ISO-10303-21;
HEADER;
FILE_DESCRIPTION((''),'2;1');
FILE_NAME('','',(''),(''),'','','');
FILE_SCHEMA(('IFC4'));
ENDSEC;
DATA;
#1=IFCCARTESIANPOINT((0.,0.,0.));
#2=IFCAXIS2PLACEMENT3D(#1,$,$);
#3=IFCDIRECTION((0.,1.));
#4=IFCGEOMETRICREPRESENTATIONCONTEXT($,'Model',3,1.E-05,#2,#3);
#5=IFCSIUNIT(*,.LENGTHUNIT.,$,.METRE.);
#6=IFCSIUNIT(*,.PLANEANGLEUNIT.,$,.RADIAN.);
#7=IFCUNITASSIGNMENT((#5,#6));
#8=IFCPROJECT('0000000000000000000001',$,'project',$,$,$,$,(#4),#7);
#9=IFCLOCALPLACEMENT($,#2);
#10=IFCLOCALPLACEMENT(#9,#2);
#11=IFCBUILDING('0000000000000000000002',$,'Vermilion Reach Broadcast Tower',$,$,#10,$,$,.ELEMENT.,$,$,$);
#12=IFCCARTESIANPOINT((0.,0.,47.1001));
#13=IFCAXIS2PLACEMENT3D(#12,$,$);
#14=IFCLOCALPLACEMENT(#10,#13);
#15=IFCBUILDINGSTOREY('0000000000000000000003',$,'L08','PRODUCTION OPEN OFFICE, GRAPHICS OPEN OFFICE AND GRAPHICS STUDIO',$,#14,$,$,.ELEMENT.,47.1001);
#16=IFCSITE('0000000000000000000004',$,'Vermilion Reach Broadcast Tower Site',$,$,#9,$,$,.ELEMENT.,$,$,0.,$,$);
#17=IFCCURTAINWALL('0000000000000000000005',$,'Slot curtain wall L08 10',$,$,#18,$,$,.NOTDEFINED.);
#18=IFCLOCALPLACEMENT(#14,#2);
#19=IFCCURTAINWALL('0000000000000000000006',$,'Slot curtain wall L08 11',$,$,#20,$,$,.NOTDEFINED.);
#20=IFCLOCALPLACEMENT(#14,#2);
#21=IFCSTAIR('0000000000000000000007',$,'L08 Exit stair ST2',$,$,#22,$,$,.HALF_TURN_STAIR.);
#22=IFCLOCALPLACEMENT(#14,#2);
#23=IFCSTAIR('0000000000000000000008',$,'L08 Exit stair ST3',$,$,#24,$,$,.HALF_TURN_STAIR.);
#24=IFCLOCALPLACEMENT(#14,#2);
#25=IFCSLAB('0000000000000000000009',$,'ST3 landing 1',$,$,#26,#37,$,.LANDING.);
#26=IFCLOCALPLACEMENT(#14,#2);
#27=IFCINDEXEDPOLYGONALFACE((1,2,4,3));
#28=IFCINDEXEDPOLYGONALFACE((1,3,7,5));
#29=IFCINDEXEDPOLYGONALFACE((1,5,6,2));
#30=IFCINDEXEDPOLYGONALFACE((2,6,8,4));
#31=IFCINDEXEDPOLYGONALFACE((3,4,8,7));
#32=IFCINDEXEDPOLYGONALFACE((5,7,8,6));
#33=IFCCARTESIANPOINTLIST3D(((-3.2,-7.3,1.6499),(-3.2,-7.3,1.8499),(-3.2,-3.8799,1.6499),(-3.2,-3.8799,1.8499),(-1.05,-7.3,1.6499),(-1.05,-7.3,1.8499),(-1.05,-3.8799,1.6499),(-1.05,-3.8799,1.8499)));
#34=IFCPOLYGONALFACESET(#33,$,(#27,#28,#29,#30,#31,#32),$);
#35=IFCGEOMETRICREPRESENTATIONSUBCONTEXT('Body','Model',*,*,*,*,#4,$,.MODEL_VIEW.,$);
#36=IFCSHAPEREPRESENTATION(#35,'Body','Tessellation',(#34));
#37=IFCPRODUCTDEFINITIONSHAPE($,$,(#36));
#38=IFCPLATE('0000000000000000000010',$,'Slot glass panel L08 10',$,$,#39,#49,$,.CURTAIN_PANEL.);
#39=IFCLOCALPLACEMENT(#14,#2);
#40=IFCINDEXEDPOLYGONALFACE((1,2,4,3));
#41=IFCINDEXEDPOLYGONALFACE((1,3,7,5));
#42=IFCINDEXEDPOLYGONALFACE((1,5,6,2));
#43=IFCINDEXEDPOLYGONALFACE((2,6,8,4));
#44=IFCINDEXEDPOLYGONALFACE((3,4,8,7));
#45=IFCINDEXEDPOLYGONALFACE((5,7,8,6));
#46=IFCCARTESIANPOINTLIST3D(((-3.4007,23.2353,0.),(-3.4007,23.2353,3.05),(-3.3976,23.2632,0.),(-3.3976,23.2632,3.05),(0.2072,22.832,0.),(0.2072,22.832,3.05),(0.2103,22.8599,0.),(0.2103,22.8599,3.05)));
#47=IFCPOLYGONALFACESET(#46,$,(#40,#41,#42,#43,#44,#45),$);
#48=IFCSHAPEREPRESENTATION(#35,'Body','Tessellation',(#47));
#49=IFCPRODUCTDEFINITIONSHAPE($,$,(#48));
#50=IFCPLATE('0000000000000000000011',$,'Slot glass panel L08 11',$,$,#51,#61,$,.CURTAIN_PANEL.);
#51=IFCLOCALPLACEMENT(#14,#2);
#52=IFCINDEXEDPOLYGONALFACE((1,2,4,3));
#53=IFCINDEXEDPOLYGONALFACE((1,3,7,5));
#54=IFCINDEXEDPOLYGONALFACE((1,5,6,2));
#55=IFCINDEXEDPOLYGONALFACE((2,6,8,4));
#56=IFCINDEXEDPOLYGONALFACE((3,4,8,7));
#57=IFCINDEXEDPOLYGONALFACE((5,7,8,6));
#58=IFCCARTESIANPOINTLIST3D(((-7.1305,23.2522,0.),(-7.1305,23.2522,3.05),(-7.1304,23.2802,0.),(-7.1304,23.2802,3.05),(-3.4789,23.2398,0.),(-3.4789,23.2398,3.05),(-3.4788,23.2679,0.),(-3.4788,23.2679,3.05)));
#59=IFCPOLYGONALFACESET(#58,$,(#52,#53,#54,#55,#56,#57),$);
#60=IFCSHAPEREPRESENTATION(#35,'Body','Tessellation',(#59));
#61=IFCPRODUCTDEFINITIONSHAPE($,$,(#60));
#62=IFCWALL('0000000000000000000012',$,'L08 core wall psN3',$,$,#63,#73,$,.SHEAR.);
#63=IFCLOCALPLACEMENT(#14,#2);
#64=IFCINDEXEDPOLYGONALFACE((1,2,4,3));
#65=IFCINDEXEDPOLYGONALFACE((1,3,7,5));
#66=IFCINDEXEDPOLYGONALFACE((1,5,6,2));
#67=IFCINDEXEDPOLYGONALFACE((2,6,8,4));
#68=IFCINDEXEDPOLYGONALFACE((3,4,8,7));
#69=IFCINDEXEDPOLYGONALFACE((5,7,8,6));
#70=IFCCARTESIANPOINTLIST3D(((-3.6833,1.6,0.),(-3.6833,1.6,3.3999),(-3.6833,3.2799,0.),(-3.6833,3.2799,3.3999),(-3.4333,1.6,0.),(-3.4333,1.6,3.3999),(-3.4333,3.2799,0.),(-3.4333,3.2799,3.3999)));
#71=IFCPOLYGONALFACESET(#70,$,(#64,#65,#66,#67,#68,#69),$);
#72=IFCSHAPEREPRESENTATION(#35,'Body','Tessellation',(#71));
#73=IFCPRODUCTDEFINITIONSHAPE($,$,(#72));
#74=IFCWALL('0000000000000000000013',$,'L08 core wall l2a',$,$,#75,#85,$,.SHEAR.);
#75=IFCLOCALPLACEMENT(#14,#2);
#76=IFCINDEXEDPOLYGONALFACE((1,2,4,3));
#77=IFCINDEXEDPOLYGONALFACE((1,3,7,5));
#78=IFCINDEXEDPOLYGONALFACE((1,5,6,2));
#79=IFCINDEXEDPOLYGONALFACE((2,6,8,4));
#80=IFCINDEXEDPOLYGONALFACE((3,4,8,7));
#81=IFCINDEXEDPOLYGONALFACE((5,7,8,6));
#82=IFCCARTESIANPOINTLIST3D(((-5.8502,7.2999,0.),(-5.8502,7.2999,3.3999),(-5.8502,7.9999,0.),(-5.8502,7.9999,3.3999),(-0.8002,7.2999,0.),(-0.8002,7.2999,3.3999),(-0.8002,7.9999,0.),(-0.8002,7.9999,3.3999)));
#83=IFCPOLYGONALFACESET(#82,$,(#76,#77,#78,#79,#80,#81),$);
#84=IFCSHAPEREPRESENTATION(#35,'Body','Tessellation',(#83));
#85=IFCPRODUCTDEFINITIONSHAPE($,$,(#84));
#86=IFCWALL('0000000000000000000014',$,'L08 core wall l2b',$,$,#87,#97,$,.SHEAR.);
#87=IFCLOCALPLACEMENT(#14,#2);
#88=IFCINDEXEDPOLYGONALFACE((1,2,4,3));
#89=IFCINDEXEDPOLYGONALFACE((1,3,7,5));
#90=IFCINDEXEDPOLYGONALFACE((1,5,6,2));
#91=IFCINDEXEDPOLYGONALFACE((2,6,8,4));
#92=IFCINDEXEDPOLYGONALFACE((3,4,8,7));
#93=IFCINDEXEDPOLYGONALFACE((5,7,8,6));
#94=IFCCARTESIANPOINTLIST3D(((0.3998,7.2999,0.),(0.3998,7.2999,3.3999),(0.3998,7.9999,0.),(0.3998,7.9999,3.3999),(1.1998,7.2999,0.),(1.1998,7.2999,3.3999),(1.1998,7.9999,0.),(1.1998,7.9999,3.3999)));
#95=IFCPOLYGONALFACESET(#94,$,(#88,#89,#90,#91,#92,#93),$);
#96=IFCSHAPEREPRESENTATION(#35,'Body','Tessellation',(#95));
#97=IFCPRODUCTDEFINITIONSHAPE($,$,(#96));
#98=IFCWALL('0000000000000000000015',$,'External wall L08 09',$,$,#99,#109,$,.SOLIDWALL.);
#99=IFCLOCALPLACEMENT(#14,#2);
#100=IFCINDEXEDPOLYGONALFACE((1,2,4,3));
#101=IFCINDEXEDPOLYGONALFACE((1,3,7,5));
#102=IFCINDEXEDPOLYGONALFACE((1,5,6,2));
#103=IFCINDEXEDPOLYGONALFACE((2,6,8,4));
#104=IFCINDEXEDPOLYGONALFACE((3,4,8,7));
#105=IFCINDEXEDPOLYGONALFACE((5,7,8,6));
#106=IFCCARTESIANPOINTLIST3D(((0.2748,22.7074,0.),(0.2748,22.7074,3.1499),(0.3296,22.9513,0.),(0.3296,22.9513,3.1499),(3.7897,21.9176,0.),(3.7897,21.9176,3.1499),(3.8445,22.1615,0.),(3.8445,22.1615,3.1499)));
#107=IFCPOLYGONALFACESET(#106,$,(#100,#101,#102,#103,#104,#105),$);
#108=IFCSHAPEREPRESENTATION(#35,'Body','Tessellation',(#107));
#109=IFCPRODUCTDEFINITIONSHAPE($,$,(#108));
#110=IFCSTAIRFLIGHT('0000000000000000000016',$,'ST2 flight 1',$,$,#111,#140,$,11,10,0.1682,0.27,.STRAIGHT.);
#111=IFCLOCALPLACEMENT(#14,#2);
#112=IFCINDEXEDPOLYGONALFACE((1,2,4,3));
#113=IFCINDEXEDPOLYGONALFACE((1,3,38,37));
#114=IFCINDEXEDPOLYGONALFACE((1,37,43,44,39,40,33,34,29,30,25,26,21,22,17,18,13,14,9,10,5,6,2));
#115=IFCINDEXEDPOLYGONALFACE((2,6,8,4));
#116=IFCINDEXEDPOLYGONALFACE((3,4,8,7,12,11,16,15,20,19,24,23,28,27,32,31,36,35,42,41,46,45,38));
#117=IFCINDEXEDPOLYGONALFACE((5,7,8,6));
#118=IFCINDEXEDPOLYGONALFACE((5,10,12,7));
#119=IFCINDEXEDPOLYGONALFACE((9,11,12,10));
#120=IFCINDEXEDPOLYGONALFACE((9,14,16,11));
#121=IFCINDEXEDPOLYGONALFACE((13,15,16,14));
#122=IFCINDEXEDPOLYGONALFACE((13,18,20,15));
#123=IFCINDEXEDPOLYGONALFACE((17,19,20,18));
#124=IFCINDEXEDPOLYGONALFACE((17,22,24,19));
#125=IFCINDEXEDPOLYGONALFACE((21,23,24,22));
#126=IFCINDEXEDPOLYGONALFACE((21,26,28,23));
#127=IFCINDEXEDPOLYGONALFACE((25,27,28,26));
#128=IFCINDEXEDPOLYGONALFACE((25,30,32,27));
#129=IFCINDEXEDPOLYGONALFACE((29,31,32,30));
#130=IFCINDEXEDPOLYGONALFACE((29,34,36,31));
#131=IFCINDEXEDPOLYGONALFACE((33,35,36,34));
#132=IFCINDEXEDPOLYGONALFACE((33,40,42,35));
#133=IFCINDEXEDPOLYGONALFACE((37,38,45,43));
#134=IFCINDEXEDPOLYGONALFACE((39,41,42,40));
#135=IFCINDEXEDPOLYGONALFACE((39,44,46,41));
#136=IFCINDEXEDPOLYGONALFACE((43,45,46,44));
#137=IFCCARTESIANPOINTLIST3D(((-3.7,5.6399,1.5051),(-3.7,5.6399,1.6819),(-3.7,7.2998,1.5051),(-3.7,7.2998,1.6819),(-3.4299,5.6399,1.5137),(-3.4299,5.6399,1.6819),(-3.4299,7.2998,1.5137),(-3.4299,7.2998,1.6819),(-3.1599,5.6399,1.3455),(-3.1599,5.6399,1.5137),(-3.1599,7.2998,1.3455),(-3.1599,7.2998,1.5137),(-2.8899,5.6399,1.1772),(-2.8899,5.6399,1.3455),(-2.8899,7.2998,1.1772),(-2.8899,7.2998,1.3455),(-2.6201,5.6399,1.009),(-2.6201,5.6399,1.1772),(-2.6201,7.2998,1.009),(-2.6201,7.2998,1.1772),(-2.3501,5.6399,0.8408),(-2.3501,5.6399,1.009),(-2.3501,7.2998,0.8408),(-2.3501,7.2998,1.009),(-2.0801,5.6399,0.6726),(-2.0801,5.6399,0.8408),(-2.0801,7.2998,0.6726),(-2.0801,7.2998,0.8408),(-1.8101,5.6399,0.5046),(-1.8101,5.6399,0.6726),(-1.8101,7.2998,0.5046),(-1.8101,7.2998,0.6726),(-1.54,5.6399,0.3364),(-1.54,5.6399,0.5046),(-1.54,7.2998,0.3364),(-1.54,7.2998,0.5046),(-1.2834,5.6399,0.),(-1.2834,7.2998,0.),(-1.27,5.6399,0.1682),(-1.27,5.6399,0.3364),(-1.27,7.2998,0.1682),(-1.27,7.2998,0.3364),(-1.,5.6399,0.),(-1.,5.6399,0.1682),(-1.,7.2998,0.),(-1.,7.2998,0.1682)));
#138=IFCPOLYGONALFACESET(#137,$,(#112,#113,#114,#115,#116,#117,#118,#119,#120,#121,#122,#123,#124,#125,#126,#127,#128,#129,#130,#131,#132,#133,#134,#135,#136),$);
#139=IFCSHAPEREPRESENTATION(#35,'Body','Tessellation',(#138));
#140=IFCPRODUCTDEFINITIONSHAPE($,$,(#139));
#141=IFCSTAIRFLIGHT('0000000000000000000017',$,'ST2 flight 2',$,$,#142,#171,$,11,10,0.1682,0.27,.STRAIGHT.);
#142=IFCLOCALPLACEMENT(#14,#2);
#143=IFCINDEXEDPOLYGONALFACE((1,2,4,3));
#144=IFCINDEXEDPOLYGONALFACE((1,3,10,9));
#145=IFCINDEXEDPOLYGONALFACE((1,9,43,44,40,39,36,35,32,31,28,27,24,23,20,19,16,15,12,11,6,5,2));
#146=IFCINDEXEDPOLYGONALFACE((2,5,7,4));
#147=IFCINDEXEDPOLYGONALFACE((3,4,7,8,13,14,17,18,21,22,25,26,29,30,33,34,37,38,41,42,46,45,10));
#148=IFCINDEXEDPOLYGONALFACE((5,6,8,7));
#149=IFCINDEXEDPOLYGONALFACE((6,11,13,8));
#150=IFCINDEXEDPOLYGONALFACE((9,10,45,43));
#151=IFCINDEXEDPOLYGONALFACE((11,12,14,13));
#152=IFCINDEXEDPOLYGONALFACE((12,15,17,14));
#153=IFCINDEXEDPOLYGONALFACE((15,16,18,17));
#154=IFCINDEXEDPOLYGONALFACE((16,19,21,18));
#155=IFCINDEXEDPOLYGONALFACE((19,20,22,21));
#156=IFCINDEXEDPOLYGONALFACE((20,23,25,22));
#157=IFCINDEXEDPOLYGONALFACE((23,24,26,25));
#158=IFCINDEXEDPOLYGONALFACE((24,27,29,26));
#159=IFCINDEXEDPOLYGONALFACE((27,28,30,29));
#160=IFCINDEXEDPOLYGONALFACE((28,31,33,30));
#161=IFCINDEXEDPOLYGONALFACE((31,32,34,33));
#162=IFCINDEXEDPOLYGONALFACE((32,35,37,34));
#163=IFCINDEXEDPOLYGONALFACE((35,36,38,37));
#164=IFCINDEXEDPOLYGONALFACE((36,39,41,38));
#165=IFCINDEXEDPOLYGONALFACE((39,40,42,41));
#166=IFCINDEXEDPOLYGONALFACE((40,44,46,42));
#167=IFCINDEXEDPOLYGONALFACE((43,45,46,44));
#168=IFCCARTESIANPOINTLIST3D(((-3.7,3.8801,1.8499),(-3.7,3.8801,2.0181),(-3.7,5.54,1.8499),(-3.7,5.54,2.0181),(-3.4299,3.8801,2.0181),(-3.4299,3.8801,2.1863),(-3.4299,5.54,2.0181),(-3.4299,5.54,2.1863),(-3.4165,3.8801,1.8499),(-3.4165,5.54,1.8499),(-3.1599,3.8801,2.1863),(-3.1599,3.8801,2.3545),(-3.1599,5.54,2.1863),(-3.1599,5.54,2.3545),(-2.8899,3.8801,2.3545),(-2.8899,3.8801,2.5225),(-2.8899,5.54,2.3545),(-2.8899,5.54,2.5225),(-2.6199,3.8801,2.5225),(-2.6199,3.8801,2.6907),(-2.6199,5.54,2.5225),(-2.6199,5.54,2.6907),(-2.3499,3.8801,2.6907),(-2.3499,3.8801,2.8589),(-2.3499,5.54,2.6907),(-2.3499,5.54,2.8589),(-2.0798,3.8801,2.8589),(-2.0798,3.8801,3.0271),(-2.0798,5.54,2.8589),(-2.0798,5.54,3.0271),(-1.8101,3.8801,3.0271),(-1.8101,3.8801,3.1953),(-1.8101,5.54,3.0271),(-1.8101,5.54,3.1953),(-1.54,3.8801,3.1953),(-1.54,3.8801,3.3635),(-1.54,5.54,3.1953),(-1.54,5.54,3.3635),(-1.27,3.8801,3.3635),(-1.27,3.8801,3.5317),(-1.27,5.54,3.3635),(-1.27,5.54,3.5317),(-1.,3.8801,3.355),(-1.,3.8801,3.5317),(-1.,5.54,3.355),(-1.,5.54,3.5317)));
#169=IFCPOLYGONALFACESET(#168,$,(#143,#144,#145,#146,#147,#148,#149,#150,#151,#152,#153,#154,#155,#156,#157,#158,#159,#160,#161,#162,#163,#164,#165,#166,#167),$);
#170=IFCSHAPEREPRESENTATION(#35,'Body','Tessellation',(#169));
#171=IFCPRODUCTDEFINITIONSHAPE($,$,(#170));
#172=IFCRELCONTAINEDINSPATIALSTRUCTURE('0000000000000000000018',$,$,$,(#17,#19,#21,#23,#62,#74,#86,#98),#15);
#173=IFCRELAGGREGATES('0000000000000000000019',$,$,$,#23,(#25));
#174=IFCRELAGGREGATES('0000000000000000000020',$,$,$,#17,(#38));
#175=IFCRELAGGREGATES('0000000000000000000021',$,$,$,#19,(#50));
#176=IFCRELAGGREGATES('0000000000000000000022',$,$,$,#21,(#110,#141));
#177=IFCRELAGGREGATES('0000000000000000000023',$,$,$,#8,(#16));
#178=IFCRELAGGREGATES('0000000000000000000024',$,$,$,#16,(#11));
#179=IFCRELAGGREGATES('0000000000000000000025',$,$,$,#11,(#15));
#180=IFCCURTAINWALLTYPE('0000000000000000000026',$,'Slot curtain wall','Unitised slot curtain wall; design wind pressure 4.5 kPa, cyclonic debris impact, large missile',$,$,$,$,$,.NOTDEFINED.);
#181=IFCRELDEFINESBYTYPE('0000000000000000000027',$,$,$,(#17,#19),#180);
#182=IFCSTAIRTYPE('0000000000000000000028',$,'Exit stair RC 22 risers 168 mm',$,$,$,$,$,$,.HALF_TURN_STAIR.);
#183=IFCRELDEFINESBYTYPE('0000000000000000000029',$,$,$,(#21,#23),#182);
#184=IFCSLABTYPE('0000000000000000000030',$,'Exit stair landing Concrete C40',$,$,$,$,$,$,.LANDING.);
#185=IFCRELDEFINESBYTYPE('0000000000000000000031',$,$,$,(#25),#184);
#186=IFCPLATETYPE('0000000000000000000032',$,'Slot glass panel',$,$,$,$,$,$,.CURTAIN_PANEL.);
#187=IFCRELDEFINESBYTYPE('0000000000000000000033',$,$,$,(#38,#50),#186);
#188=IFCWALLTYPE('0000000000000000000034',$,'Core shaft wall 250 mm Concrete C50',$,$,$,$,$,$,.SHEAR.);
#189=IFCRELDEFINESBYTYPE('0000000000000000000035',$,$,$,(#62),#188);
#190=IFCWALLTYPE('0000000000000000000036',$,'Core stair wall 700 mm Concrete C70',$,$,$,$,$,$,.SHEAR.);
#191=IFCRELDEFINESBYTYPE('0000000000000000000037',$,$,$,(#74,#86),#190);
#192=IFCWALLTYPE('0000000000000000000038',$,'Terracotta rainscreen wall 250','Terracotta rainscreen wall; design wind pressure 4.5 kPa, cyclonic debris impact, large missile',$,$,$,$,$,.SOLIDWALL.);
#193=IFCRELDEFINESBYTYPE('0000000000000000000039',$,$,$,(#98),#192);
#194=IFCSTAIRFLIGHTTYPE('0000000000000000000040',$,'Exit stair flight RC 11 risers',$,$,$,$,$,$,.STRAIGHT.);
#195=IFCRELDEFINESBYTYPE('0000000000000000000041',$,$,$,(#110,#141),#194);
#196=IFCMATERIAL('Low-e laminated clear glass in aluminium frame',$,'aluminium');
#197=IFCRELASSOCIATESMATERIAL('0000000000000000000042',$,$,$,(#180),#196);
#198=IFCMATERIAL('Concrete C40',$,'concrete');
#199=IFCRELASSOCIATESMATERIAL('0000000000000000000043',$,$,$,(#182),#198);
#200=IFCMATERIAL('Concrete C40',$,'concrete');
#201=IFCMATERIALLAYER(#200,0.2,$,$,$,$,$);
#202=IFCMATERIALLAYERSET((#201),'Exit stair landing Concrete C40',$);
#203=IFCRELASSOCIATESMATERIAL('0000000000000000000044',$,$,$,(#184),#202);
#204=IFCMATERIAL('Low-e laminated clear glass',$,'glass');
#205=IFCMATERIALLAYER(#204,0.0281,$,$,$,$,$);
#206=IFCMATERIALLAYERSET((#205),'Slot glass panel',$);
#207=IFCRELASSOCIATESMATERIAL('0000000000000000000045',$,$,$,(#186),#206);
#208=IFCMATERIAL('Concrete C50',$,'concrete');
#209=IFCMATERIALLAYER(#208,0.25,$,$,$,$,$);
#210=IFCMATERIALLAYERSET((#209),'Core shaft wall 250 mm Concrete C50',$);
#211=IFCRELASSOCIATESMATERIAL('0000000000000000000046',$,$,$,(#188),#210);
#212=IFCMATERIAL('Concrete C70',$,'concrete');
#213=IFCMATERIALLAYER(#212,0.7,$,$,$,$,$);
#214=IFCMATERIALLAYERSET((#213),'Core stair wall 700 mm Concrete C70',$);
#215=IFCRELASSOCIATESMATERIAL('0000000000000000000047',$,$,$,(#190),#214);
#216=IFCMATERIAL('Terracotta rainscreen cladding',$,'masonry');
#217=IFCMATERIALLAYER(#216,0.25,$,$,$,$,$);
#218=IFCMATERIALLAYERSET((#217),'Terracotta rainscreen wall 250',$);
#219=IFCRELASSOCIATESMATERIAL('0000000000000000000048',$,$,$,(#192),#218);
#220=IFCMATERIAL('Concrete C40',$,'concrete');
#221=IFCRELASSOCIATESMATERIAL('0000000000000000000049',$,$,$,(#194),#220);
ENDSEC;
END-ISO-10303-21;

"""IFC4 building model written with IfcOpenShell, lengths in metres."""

from ifc_helpers import new_model, si_unit, direction, frame, frame_2d, origin, origin_2d, place, context, subcontext, project, spatial, polyline, rectangle, outline, extrude, material, layer, layer_set, type_object, element, aggregate, save


model = new_model("IFC4")

# Units and contexts
model_context = context("Model", 3, precision=1e-05, world=origin(), true_north=direction((0.0, 1.0)))
body_context = subcontext(model_context, "Body", "Model", "MODEL_VIEW")
ifc_project = project(units=[si_unit("LENGTHUNIT", "METRE"), si_unit("PLANEANGLEUNIT", "RADIAN")], contexts=[model_context])

# Site, building, storey
site_placement = place(None, origin())
site = spatial("IfcSite", under=ifc_project, at=site_placement, Name="Vermilion Reach Broadcast Tower Site", CompositionType="ELEMENT", RefElevation=0.0)
building_placement = place(site_placement, origin())
building = spatial("IfcBuilding", under=site, at=building_placement, Name="Vermilion Reach Broadcast Tower", CompositionType="ELEMENT")
storey_placement = place(building_placement, frame((0.0, 0.0, 47.1001)))
storey = spatial("IfcBuildingStorey", under=building, at=storey_placement, Name="L08", Description="PRODUCTION OPEN OFFICE, GRAPHICS OPEN OFFICE AND GRAPHICS STUDIO", CompositionType="ELEMENT", Elevation=47.1001)

# Curtain walls
ifc_material_1 = material(Name="Low-e laminated clear glass in aluminium frame", Category="aluminium")
curtain_wall_type = type_object("IfcCurtainWallType", Name="Slot curtain wall", Description="Unitised slot curtain wall; design wind pressure 4.5 kPa, cyclonic debris impact, large missile", PredefinedType="NOTDEFINED", material=ifc_material_1)
placement_1 = place(storey_placement, origin())
curtain_wall_1 = element("IfcCurtainWall", 1, at=placement_1, inside=storey, type_object=curtain_wall_type, Name="Slot curtain wall L08 10", PredefinedType="NOTDEFINED")
curtain_wall_2 = element("IfcCurtainWall", 2, at=placement_1, inside=storey, type_object=curtain_wall_type, Name="Slot curtain wall L08 11", PredefinedType="NOTDEFINED")

# Stairs, slab
ifc_material_2 = material(Name="Concrete C40", Category="concrete")
stair_type = type_object("IfcStairType", Name="Exit stair RC 22 risers 168 mm", PredefinedType="HALF_TURN_STAIR", material=ifc_material_2)
ifc_material_3 = material(Name="Concrete C40", Category="concrete")
ifc_layer_1 = layer(ifc_material_3, 0.2)
ifc_layer_set_1 = layer_set([ifc_layer_1], Name="Exit stair landing Concrete C40")
slab_type_1 = type_object("IfcSlabType", Name="Exit stair landing Concrete C40", PredefinedType="LANDING", material=ifc_layer_set_1)
placement_2 = place(storey_placement, frame((0.0, 0.0, 1.6499)))
stair_1 = element("IfcStair", 3, at=placement_1, inside=storey, type_object=stair_type, Name="L08 Exit stair ST2", PredefinedType="HALF_TURN_STAIR")
stair_2 = element("IfcStair", 4, at=placement_1, inside=storey, type_object=stair_type, Name="L08 Exit stair ST3", PredefinedType="HALF_TURN_STAIR")
slab_1 = element("IfcSlab", 5, at=placement_2, type_object=slab_type_1, Name="ST3 landing 1", PredefinedType="LANDING", context=body_context, shape_type="SweptSolid", body=[
    extrude(outline(polyline([(-3.2, -7.3), (-1.05, -7.3), (-1.05, -3.8799), (-3.2, -3.8799), (-3.2, -7.3)])), origin(), (0.0, 0.0, 1.0), 0.2),
])
aggregate(stair_2, [slab_1])

# Plates
ifc_material_4 = material(Name="Low-e laminated clear glass", Category="glass")
ifc_layer_2 = layer(ifc_material_4, 0.0281)
ifc_layer_set_2 = layer_set([ifc_layer_2], Name="Slot glass panel")
plate_type = type_object("IfcPlateType", Name="Slot glass panel", PredefinedType="CURTAIN_PANEL", material=ifc_layer_set_2)
plate_1_placement = place(storey_placement, frame((-1.5952, 23.0476, 0.0), z_axis=(0.0, 0.0, 1.0), x_axis=(-0.993811, 0.11108, 0.0)))
plate_1 = element("IfcPlate", 6, at=plate_1_placement, type_object=plate_type, Name="Slot glass panel L08 10", PredefinedType="CURTAIN_PANEL", context=body_context, shape_type="SweptSolid", body=[
    extrude(rectangle(XDim=3.6304, YDim=0.0281, at=origin_2d()), origin(), (0.0, 0.0, 1.0), 3.05),
])
aggregate(curtain_wall_1, [plate_1])
plate_2_placement = place(storey_placement, frame((-5.3047, 23.26, 0.0), z_axis=(0.0, 0.0, 1.0), x_axis=(-0.999994, 0.003392, 0.0)))
plate_2 = element("IfcPlate", 7, at=plate_2_placement, type_object=plate_type, Name="Slot glass panel L08 11", PredefinedType="CURTAIN_PANEL", context=body_context, shape_type="SweptSolid", body=[
    extrude(rectangle(XDim=3.6516, YDim=0.0281, at=origin_2d()), origin(), (0.0, 0.0, 1.0), 3.05),
])
aggregate(curtain_wall_2, [plate_2])

# Walls
ifc_material_5 = material(Name="Concrete C50", Category="concrete")
ifc_layer_3 = layer(ifc_material_5, 0.25)
ifc_layer_set_3 = layer_set([ifc_layer_3], Name="Core shaft wall 250 mm Concrete C50")
wall_type_1 = type_object("IfcWallType", Name="Core shaft wall 250 mm Concrete C50", PredefinedType="SHEAR", material=ifc_layer_set_3)
wall_1_placement = place(storey_placement, frame((-3.5583, 1.6001, 0.0), z_axis=(0.0, 0.0, 1.0), x_axis=(0.0, 1.0, 0.0)))
element("IfcWall", 8, at=wall_1_placement, inside=storey, type_object=wall_type_1, Name="L08 core wall psN3", PredefinedType="SHEAR", context=body_context, shape_type="SweptSolid", body=[
    extrude(rectangle(XDim=1.6799, YDim=0.25, at=frame_2d((0.8398, 0.0))), origin(), (0.0, 0.0, 1.0), 3.3999),
])
ifc_material_6 = material(Name="Concrete C70", Category="concrete")
ifc_layer_4 = layer(ifc_material_6, 0.7)
ifc_layer_set_4 = layer_set([ifc_layer_4], Name="Core stair wall 700 mm Concrete C70")
wall_type_2 = type_object("IfcWallType", Name="Core stair wall 700 mm Concrete C70", PredefinedType="SHEAR", material=ifc_layer_set_4)
wall_2_placement = place(storey_placement, frame((-5.8501, 7.6499, 0.0), z_axis=(0.0, 0.0, 1.0), x_axis=(1.0, 0.0, 0.0)))
element("IfcWall", 9, at=wall_2_placement, inside=storey, type_object=wall_type_2, Name="L08 core wall l2a", PredefinedType="SHEAR", context=body_context, shape_type="SweptSolid", body=[
    extrude(rectangle(XDim=5.05, YDim=0.7, at=frame_2d((2.5249, 0.0))), origin(), (0.0, 0.0, 1.0), 3.3999),
])
wall_3_placement = place(storey_placement, frame((0.3999, 7.6499, 0.0), z_axis=(0.0, 0.0, 1.0), x_axis=(1.0, 0.0, 0.0)))
element("IfcWall", 10, at=wall_3_placement, inside=storey, type_object=wall_type_2, Name="L08 core wall l2b", PredefinedType="SHEAR", context=body_context, shape_type="SweptSolid", body=[
    extrude(rectangle(XDim=0.8, YDim=0.7, at=frame_2d((0.3999, 0.0))), origin(), (0.0, 0.0, 1.0), 3.3999),
])
ifc_material_7 = material(Name="Terracotta rainscreen cladding", Category="masonry")
ifc_layer_5 = layer(ifc_material_7, 0.25)
ifc_layer_set_5 = layer_set([ifc_layer_5], Name="Terracotta rainscreen wall 250")
wall_type_3 = type_object("IfcWallType", Name="Terracotta rainscreen wall 250", Description="Terracotta rainscreen wall; design wind pressure 4.5 kPa, cyclonic debris impact, large missile", PredefinedType="SOLIDWALL", material=ifc_layer_set_5)
wall_4_placement = place(storey_placement, frame((3.8171, 22.0396, 0.0), z_axis=(0.0, 0.0, 1.0), x_axis=(-0.975672, 0.219233, 0.0)))
element("IfcWall", 11, at=wall_4_placement, inside=storey, type_object=wall_type_3, Name="External wall L08 09", PredefinedType="SOLIDWALL", context=body_context, shape_type="SweptSolid", body=[
    extrude(rectangle(XDim=3.6025, YDim=0.25, at=frame_2d((1.8013, 0.0))), origin(), (0.0, 0.0, 1.0), 3.1499),
])

# Stair flights
ifc_material_8 = material(Name="Concrete C40", Category="concrete")
stair_flight_type = type_object("IfcStairFlightType", Name="Exit stair flight RC 11 risers", PredefinedType="STRAIGHT", material=ifc_material_8)
stair_flight_1_placement = place(storey_placement, frame((-1.0, 6.47, 0.0), z_axis=(0.0, 0.0, 1.0), x_axis=(-1.0, 0.0, 0.0)))
stair_flight_1 = element("IfcStairFlight", 12, at=stair_flight_1_placement, type_object=stair_flight_type, Name="ST2 flight 1", NumberOfRisers=11, NumberOfTreads=10, PredefinedType="STRAIGHT", RiserHeight=0.1682, TreadLength=0.27, context=body_context, shape_type="SweptSolid", body=[
    extrude(outline(polyline([(0.0, 0.0), (0.0, 0.1682), (0.27, 0.1682), (0.27, 0.3364), (0.54, 0.3364), (0.54, 0.5046), (0.8101, 0.5046), (0.8101, 0.6726), (1.0801, 0.6726), (1.0801, 0.8408), (1.3501, 0.8408), (1.3501, 1.009), (1.6201, 1.009), (1.6201, 1.1772), (1.8899, 1.1772), (1.8899, 1.3455), (2.1599, 1.3455), (2.1599, 1.5137), (2.4299, 1.5137), (2.4299, 1.6819), (2.7, 1.6819), (2.7, 1.8501), (2.7, 1.5051), (0.2834, 0.0), (0.0, 0.0)])), frame((0.0, 0.8301, 0.0), z_axis=(0.0, -1.0, 0.0), x_axis=(1.0, 0.0, 0.0)), (0.0, 0.0, 1.0), 1.6599),
])
stair_flight_2_placement = place(storey_placement, frame((-3.7, 4.71, 1.8499), z_axis=(0.0, 0.0, 1.0), x_axis=(1.0, 0.0, 0.0)))
stair_flight_2 = element("IfcStairFlight", 13, at=stair_flight_2_placement, type_object=stair_flight_type, Name="ST2 flight 2", NumberOfRisers=11, NumberOfTreads=10, PredefinedType="STRAIGHT", RiserHeight=0.1682, TreadLength=0.27, context=body_context, shape_type="SweptSolid", body=[
    extrude(outline(polyline([(0.0, 0.0), (0.0, 0.1682), (0.27, 0.1682), (0.27, 0.3364), (0.54, 0.3364), (0.54, 0.5046), (0.8101, 0.5046), (0.8101, 0.6726), (1.0801, 0.6726), (1.0801, 0.8408), (1.3501, 0.8408), (1.3501, 1.009), (1.6201, 1.009), (1.6201, 1.1772), (1.8899, 1.1772), (1.8899, 1.3455), (2.1599, 1.3455), (2.1599, 1.5137), (2.4299, 1.5137), (2.4299, 1.6819), (2.7, 1.6819), (2.7, 1.8501), (2.7, 1.5051), (0.2834, 0.0), (0.0, 0.0)])), frame((0.0, 0.8301, 0.0), z_axis=(0.0, -1.0, 0.0), x_axis=(1.0, 0.0, 0.0)), (0.0, 0.0, 1.0), 1.6599),
])
aggregate(stair_1, [stair_flight_1, stair_flight_2])

save(model, "model.ifc")
